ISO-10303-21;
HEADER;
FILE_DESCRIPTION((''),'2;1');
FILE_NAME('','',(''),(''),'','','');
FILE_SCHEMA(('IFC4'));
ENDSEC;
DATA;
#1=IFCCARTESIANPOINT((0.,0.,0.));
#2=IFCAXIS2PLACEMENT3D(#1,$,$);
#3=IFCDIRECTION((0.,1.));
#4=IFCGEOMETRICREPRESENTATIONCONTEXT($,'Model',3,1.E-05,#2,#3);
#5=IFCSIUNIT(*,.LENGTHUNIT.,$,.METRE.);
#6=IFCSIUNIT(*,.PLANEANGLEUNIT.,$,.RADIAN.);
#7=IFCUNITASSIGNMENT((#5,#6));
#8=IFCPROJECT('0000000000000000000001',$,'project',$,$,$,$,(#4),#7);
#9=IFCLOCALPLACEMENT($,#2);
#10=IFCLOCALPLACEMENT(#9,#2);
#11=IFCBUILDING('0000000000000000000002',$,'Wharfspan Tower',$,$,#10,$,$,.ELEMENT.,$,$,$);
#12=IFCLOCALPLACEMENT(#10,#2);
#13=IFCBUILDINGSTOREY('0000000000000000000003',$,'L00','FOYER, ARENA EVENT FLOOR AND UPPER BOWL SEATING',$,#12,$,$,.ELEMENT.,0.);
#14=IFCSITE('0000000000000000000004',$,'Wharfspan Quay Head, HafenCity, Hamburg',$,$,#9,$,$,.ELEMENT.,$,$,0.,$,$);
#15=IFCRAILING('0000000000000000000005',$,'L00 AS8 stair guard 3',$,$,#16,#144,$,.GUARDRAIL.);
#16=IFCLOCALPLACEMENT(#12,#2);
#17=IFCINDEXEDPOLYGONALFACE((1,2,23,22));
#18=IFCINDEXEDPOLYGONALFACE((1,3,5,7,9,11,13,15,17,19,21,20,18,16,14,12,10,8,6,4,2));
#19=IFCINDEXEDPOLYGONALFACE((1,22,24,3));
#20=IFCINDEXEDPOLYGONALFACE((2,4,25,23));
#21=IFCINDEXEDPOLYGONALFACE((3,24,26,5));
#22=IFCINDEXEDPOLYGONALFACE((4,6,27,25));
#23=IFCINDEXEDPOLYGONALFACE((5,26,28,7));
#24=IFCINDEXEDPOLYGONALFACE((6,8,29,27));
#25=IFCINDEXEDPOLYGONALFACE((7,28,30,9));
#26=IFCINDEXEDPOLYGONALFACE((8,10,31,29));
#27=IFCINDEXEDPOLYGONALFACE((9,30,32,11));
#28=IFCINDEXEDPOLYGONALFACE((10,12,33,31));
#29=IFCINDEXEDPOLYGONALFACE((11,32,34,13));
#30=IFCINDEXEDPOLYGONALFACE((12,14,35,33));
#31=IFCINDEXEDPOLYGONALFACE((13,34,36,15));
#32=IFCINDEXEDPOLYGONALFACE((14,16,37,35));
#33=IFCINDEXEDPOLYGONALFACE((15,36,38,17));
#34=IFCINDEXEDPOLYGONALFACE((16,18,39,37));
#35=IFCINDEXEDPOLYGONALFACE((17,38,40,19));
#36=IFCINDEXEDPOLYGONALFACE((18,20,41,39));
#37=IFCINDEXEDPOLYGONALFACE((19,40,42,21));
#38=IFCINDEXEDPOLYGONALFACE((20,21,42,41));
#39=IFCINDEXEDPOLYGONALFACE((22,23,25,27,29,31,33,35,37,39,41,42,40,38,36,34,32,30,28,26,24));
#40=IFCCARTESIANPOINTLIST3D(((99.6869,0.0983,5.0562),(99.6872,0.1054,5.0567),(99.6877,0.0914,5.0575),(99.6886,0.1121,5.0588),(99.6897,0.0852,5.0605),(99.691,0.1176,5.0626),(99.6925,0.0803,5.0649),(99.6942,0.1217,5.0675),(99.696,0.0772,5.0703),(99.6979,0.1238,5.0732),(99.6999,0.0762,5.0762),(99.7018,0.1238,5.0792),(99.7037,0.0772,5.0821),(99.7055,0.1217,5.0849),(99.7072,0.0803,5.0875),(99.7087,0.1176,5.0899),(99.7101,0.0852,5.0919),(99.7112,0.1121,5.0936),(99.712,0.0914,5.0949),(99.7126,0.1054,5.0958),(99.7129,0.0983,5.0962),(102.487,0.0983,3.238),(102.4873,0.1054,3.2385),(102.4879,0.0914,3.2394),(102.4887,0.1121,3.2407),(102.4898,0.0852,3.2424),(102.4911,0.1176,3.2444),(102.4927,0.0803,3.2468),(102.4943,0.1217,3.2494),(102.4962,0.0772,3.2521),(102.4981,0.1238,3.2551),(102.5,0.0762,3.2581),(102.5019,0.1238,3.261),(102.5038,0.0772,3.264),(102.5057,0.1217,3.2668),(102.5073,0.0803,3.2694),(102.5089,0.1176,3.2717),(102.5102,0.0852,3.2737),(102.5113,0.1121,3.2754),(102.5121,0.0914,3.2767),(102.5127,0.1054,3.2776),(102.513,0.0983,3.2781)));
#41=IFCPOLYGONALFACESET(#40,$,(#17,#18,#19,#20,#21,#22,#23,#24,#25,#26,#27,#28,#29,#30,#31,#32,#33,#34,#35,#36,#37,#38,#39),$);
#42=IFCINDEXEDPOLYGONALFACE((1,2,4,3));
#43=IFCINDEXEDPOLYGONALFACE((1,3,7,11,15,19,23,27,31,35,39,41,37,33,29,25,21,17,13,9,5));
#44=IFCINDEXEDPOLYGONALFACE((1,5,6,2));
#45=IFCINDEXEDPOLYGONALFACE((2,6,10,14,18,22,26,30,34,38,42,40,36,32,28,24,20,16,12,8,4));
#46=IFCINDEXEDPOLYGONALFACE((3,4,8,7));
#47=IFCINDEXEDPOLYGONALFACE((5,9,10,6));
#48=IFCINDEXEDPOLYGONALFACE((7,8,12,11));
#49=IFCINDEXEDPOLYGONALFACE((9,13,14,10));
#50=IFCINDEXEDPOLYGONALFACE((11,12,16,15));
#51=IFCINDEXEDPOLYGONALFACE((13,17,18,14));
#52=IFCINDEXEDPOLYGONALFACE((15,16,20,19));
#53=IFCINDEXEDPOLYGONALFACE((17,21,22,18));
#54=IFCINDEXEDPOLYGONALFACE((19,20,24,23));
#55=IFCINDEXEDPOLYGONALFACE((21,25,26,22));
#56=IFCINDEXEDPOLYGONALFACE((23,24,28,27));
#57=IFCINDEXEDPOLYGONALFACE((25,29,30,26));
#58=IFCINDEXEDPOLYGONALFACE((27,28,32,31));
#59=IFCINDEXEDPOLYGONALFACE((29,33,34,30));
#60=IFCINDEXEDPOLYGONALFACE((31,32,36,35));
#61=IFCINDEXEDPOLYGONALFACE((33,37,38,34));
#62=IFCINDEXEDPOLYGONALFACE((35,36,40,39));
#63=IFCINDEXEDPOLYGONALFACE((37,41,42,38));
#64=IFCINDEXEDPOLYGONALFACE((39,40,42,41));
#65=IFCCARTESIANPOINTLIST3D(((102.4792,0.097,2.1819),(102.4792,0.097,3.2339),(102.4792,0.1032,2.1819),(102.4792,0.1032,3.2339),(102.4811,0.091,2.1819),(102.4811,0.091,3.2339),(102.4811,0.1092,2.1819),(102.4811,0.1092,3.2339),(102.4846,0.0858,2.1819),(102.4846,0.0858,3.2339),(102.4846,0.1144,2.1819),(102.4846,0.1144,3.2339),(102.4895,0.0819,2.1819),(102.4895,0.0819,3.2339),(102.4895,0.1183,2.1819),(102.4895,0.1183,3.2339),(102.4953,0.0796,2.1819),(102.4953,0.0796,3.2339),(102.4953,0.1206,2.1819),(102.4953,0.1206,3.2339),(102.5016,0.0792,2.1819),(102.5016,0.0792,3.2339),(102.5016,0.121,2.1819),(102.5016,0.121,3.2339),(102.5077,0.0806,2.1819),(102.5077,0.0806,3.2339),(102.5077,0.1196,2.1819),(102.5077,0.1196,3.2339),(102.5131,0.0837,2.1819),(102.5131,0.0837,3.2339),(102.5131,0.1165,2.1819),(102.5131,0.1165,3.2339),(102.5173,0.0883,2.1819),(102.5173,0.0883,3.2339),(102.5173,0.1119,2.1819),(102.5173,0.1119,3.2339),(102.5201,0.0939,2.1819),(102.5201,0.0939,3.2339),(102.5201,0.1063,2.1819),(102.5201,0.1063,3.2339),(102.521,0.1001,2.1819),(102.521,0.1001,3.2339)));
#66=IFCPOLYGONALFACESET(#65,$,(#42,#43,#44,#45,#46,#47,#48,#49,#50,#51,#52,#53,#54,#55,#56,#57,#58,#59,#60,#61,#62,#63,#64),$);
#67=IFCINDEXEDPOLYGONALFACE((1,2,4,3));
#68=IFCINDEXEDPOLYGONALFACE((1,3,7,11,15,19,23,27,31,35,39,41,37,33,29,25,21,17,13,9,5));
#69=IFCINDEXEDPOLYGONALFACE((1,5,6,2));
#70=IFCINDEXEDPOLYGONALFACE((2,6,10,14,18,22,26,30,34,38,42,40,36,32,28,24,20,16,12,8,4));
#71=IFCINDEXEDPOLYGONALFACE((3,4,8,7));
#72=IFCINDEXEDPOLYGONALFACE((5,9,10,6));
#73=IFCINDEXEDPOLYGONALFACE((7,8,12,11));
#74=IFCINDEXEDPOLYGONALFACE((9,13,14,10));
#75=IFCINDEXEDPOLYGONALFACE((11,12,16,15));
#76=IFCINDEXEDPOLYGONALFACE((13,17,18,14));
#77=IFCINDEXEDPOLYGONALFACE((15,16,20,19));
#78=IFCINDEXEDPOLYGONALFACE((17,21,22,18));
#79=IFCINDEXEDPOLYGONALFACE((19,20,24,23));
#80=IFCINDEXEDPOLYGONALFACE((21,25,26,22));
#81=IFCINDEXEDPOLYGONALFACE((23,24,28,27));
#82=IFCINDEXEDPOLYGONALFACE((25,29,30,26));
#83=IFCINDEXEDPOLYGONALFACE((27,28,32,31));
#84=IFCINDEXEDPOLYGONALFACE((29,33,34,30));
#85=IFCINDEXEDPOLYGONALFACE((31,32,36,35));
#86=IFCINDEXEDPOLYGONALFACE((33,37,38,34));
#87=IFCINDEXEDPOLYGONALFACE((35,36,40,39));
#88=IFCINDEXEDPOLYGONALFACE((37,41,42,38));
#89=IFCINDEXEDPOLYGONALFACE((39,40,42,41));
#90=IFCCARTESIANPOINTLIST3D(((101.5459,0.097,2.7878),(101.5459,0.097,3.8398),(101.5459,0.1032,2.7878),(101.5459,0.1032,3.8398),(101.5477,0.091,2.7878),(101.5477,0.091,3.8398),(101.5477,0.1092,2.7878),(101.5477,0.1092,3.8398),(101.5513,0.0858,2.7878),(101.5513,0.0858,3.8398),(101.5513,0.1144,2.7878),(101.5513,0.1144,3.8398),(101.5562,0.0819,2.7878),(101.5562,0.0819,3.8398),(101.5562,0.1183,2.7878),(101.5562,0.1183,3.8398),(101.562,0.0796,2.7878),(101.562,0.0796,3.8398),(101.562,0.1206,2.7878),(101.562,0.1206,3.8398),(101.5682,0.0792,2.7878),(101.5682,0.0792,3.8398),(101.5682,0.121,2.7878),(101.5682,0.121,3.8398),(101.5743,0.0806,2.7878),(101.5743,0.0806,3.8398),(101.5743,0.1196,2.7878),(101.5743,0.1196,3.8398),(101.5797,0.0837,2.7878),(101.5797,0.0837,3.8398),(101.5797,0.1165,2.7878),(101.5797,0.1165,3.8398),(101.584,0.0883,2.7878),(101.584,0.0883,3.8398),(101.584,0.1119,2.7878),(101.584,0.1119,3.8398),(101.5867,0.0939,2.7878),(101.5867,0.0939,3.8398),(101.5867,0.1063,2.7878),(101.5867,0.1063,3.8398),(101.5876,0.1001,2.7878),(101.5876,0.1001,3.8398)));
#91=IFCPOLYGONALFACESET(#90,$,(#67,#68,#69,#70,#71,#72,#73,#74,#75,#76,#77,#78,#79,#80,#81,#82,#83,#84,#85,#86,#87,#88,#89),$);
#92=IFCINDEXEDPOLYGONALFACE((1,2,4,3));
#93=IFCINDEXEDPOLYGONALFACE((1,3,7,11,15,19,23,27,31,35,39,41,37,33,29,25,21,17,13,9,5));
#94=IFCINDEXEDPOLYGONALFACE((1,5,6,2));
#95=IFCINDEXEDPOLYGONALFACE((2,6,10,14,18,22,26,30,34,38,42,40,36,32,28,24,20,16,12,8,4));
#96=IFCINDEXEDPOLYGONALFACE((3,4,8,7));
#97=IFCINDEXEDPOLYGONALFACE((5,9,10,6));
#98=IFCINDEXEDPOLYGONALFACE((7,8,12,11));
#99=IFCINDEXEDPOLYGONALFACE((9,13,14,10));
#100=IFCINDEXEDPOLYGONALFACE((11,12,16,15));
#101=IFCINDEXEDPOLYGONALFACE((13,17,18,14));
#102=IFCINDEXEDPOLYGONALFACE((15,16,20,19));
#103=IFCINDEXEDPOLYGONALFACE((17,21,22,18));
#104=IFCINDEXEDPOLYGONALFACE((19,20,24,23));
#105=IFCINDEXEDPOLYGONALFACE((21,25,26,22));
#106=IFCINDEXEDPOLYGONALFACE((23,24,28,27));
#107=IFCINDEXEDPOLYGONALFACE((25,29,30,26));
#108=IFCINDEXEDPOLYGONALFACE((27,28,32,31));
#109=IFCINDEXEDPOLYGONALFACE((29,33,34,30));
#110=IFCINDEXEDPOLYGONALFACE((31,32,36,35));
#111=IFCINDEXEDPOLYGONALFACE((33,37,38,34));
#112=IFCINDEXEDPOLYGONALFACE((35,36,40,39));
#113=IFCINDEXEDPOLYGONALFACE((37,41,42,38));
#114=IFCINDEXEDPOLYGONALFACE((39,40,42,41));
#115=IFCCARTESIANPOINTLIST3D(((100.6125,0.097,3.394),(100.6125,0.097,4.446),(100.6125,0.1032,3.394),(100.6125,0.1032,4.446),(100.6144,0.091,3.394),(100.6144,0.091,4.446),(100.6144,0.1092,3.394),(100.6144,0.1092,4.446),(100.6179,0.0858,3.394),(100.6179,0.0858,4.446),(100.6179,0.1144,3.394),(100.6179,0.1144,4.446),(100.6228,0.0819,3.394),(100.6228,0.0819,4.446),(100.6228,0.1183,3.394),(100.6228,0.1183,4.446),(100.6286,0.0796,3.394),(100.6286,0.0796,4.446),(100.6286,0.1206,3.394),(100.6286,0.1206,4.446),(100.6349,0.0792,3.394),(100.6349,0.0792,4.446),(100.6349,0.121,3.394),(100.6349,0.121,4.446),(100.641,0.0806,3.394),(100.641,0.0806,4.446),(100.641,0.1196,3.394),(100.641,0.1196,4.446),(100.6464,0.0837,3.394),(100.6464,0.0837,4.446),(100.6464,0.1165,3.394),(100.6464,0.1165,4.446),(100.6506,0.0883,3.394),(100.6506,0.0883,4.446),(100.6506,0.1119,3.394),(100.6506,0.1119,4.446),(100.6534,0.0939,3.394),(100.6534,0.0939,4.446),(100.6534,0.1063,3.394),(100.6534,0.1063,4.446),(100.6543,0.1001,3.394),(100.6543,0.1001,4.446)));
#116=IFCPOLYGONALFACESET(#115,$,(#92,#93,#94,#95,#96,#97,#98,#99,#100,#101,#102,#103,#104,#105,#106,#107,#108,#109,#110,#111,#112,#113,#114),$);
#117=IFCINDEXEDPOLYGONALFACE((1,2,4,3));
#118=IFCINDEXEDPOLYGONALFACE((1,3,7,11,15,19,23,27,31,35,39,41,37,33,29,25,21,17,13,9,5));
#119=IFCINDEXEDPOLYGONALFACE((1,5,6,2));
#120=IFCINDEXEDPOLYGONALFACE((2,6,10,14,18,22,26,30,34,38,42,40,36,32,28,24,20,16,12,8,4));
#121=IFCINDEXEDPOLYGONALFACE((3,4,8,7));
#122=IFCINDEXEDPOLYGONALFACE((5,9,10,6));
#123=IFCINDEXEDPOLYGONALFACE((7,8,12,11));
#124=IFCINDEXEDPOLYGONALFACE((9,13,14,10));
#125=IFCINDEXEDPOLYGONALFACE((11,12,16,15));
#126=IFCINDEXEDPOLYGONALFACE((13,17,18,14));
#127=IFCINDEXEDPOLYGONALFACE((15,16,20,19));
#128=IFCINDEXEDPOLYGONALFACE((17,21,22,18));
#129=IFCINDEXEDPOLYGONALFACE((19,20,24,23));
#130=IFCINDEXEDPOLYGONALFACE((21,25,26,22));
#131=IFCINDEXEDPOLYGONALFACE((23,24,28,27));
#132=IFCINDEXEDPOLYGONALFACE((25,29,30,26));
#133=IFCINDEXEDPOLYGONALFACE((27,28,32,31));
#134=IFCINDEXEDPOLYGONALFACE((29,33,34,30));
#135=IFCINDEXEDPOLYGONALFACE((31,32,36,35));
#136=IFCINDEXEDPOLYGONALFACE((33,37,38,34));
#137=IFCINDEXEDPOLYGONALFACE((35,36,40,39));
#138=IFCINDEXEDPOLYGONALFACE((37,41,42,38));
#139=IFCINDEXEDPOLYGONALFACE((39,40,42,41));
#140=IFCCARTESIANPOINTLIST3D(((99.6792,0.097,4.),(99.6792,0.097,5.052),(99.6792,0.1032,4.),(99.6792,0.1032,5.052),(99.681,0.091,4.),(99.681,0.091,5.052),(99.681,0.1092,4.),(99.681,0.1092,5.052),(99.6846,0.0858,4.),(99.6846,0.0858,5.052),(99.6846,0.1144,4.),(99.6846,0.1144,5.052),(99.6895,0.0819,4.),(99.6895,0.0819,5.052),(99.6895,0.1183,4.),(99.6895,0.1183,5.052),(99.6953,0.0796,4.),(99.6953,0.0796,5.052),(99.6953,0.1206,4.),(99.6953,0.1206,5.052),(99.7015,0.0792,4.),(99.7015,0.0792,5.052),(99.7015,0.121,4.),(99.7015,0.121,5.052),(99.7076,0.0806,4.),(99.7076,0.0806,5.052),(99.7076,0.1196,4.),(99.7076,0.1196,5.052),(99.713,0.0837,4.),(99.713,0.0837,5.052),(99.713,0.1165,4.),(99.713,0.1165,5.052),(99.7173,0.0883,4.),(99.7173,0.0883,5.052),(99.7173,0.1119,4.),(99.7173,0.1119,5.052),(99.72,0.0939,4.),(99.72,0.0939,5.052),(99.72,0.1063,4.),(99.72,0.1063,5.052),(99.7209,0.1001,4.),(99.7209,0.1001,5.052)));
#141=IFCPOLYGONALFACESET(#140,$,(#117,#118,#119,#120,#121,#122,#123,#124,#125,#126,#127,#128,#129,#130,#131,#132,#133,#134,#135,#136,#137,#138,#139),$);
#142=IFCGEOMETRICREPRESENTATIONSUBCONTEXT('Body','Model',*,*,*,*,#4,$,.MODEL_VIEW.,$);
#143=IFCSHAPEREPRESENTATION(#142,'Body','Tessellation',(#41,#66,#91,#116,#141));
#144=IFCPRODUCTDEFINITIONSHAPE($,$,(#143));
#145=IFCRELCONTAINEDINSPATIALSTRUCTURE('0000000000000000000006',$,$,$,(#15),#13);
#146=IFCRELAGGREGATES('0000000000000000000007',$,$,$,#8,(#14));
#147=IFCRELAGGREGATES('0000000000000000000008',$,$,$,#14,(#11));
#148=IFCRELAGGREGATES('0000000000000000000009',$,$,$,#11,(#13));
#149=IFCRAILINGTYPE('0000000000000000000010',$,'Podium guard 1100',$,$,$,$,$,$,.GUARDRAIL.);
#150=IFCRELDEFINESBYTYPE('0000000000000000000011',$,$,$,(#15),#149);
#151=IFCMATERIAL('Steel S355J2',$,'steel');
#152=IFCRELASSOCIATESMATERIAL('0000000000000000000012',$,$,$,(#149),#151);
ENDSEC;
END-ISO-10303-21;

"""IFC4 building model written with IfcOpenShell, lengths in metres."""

from ifc_helpers import new_model, si_unit, direction, frame, origin, origin_2d, place, context, subcontext, project, spatial, circle, extrude, material, type_object, element, save


model = new_model("IFC4")

# Units and contexts
model_context = context("Model", 3, precision=1e-05, world=origin(), true_north=direction((0.0, 1.0)))
body_context = subcontext(model_context, "Body", "Model", "MODEL_VIEW")
ifc_project = project(units=[si_unit("LENGTHUNIT", "METRE"), si_unit("PLANEANGLEUNIT", "RADIAN")], contexts=[model_context])

# Site, building, storey
site_placement = place(None, origin())
site = spatial("IfcSite", under=ifc_project, at=site_placement, Name="Wharfspan Quay Head, HafenCity, Hamburg", CompositionType="ELEMENT", RefElevation=0.0)
building_placement = place(site_placement, origin())
building = spatial("IfcBuilding", under=site, at=building_placement, Name="Wharfspan Tower", CompositionType="ELEMENT")
storey_placement = place(building_placement, origin())
storey = spatial("IfcBuildingStorey", under=building, at=storey_placement, Name="L00", Description="FOYER, ARENA EVENT FLOOR AND UPPER BOWL SEATING", CompositionType="ELEMENT", Elevation=0.0)

# Shared definitions
ifc_material_1 = material(Name="Steel S355J2", Category="steel")

# Railing
railing_type_1 = type_object("IfcRailingType", Name="Podium guard 1100", PredefinedType="GUARDRAIL", material=ifc_material_1)
railing_1_placement = place(storey_placement, frame((102.5, 0.1001, 2.1819)))
element("IfcRailing", 1, at=railing_1_placement, inside=storey, type_object=railing_type_1, Name="L00 AS8 stair guard 3", PredefinedType="GUARDRAIL", context=body_context, shape_type="SweptSolid", body=[
    extrude(circle(Radius=0.0239, at=origin_2d()), frame((0.0, 0.0, 1.0762), z_axis=(-0.838706, 0.0, 0.544585), x_axis=(0.0, -1.0, 0.0)), (0.0, 0.0, 1.0), 3.3386),
    extrude(circle(Radius=0.021, at=origin_2d()), origin(), (0.0, 0.0, 1.0), 1.052),
    extrude(circle(Radius=0.021, at=origin_2d()), frame((-0.9334, 0.0, 0.606)), (0.0, 0.0, 1.0), 1.052),
    extrude(circle(Radius=0.021, at=origin_2d()), frame((-1.8667, 0.0, 1.2122)), (0.0, 0.0, 1.0), 1.052),
    extrude(circle(Radius=0.021, at=origin_2d()), frame((-2.8, 0.0, 1.8181)), (0.0, 0.0, 1.0), 1.052),
])

save(model, "model.ifc")
